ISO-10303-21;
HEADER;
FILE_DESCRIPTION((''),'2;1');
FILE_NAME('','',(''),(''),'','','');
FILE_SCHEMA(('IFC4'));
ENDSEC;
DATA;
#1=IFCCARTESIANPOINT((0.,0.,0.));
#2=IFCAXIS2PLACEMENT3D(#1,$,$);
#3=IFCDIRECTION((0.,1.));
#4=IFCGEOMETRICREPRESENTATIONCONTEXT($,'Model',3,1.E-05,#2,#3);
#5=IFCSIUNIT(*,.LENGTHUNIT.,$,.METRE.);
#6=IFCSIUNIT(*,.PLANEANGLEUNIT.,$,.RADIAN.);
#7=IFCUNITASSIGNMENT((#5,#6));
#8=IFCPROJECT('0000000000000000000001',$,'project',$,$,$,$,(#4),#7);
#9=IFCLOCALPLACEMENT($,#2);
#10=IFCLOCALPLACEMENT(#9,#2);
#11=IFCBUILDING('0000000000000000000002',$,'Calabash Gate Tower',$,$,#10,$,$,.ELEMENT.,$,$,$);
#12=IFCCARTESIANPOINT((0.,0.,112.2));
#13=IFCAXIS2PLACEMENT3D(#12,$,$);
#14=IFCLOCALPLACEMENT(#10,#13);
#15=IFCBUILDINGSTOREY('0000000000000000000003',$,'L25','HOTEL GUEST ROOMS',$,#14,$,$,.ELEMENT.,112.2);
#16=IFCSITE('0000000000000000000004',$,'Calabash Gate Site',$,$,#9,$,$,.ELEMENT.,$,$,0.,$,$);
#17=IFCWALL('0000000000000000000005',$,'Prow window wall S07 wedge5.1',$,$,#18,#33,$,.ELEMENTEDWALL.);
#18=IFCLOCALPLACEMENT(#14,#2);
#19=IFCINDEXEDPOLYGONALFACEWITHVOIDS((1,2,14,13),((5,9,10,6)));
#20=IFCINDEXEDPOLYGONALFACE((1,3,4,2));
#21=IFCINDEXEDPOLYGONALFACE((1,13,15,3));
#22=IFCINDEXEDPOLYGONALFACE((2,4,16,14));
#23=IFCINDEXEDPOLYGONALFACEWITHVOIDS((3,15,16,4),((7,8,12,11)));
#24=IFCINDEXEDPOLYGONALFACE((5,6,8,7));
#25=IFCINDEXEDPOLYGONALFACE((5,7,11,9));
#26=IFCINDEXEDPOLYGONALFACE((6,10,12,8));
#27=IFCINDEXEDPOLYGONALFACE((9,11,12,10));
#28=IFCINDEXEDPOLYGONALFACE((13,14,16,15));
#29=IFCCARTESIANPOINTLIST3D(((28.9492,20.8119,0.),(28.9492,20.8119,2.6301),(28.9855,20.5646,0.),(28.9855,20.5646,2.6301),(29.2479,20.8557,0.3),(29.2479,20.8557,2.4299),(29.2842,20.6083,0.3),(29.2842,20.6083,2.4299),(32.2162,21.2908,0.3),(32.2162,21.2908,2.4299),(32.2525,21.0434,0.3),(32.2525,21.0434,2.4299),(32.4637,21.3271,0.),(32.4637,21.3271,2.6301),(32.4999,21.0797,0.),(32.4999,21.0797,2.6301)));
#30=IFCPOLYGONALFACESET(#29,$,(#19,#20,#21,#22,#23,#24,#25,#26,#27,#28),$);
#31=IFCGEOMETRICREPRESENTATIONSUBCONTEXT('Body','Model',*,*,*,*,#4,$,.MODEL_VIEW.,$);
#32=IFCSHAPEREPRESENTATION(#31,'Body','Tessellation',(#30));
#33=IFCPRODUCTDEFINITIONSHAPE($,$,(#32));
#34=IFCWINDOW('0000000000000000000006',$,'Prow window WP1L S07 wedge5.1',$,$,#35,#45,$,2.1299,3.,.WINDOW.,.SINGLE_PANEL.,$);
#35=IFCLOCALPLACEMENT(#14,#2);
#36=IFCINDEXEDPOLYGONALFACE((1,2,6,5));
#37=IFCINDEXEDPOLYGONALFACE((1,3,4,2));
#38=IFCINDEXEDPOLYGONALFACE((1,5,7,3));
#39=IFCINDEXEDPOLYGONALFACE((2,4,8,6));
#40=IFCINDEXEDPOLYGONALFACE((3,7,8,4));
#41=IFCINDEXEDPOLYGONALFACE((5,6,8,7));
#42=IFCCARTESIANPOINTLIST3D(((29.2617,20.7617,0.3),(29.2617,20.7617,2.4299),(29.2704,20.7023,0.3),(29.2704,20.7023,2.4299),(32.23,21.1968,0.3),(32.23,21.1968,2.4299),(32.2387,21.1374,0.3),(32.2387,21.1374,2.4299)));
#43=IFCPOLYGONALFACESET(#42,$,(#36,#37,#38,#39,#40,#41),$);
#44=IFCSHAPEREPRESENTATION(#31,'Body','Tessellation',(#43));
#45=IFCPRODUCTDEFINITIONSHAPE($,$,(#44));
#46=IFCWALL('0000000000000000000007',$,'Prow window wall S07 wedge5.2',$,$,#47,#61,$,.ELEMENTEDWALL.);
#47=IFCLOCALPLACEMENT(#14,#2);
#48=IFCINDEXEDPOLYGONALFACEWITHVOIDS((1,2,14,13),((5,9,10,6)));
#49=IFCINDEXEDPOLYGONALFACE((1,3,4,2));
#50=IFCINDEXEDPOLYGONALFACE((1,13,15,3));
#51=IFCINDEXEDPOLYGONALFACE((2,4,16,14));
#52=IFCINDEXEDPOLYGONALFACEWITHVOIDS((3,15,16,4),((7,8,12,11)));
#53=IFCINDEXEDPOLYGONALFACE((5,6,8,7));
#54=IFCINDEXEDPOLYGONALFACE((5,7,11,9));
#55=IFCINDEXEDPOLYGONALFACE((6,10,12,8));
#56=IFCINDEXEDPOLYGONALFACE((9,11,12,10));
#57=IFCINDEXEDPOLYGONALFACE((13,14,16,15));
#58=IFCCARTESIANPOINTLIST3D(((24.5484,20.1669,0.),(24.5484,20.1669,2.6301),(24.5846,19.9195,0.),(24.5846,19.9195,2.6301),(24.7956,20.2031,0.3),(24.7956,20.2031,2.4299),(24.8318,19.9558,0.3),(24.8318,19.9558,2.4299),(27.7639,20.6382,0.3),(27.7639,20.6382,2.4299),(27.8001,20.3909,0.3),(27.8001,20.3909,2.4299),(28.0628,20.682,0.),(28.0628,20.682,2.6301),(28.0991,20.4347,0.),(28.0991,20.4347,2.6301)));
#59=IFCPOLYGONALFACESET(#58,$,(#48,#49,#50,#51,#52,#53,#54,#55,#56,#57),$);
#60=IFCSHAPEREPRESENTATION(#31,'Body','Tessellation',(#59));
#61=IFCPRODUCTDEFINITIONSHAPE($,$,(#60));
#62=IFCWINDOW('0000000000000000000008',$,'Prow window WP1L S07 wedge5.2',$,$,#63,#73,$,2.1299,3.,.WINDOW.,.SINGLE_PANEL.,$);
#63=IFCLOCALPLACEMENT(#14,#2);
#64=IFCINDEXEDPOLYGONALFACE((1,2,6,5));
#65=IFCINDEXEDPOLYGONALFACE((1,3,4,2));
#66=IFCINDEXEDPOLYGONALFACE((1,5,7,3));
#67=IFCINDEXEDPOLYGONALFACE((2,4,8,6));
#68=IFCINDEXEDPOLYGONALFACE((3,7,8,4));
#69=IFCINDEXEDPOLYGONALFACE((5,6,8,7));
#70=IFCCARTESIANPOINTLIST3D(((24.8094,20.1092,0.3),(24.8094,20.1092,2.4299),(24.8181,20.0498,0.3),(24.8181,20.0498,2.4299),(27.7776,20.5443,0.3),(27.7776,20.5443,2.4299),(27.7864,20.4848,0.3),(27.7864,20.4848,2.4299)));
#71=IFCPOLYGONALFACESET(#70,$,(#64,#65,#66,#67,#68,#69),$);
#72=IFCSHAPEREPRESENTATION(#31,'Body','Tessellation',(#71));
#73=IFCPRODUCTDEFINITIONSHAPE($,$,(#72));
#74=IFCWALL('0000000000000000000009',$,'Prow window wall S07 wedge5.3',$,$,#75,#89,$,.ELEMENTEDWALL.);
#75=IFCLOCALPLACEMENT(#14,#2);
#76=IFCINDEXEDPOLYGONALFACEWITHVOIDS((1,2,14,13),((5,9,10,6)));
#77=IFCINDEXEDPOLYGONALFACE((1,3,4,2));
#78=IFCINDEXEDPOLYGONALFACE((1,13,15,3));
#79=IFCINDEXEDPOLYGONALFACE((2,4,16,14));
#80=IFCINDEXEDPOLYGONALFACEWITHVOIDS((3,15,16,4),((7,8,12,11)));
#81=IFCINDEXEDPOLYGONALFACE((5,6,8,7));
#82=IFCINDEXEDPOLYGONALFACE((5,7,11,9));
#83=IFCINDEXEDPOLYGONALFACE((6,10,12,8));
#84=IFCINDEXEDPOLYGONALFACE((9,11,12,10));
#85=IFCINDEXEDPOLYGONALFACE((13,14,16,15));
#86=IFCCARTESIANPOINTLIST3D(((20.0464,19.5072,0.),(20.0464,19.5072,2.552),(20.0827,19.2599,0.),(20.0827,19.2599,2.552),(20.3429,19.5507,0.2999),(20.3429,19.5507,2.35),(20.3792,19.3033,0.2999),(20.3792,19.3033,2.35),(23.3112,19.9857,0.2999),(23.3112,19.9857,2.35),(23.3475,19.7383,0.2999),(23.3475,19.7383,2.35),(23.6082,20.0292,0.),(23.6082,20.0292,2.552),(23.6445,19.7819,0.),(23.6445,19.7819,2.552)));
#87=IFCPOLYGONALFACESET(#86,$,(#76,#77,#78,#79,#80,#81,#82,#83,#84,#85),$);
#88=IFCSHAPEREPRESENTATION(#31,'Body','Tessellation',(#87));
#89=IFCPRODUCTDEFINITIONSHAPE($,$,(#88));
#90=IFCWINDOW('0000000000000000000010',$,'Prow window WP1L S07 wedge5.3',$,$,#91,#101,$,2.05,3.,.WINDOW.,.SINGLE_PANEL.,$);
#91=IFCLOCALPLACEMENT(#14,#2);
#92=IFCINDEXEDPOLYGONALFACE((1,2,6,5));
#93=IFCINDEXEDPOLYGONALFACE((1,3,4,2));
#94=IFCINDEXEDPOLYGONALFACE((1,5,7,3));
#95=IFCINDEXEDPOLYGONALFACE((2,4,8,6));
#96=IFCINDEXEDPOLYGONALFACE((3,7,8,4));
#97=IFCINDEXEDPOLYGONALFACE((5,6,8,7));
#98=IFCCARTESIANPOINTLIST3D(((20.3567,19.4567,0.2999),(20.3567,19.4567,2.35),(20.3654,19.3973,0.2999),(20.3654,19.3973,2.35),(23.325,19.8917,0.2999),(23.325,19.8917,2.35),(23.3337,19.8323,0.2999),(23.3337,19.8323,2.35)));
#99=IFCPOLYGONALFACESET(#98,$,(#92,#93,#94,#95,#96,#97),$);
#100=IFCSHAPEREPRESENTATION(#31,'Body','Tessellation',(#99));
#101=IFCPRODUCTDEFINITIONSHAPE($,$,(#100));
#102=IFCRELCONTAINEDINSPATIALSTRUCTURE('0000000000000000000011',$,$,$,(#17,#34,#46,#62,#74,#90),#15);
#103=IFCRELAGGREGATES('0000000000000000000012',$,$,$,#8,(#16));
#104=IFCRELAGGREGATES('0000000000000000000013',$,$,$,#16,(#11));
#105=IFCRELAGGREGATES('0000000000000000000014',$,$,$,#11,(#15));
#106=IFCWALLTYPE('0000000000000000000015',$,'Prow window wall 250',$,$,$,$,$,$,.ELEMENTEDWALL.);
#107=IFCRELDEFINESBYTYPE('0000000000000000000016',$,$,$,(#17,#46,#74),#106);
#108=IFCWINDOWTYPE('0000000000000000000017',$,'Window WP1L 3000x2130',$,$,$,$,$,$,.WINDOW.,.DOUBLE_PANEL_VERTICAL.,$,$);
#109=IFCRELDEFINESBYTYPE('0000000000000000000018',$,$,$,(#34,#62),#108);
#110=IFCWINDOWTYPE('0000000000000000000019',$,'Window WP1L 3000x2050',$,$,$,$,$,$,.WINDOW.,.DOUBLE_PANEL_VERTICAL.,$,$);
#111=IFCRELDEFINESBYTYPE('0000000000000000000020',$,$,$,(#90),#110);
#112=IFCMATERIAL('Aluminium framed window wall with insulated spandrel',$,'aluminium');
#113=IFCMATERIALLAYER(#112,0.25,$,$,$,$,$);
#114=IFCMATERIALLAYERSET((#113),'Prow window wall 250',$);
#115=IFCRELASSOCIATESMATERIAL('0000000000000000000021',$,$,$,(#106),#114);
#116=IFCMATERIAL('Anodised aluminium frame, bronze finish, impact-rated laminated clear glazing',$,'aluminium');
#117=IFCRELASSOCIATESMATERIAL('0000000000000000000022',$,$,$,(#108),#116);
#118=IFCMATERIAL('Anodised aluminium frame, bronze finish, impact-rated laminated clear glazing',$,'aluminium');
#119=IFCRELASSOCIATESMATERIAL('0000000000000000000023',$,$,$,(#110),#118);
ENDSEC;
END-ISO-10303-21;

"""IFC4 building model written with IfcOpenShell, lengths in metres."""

from ifc_helpers import new_model, si_unit, direction, frame, frame_2d, origin, place, context, subcontext, project, spatial, rectangle, extrude, material, layer, layer_set, type_object, element, fill, save


model = new_model("IFC4")

# Units and contexts
model_context = context("Model", 3, precision=1e-05, world=origin(), true_north=direction((0.0, 1.0)))
body_context = subcontext(model_context, "Body", "Model", "MODEL_VIEW")
ifc_project = project(units=[si_unit("LENGTHUNIT", "METRE"), si_unit("PLANEANGLEUNIT", "RADIAN")], contexts=[model_context])

# Site, building, storey
site_placement = place(None, origin())
site = spatial("IfcSite", under=ifc_project, at=site_placement, Name="Calabash Gate Site", CompositionType="ELEMENT", RefElevation=0.0)
building_placement = place(site_placement, origin())
building = spatial("IfcBuilding", under=site, at=building_placement, Name="Calabash Gate Tower", CompositionType="ELEMENT")
storey_placement = place(building_placement, frame((0.0, 0.0, 112.2)))
storey = spatial("IfcBuildingStorey", under=building, at=storey_placement, Name="L25", Description="HOTEL GUEST ROOMS", CompositionType="ELEMENT", Elevation=112.2)

# Walls, openings, windows
ifc_material_1 = material(Name="Aluminium framed window wall with insulated spandrel", Category="aluminium")
ifc_layer_1 = layer(ifc_material_1, 0.25)
ifc_layer_set_1 = layer_set([ifc_layer_1], Name="Prow window wall 250")
wall_type_1 = type_object("IfcWallType", Name="Prow window wall 250", PredefinedType="ELEMENTEDWALL", material=ifc_layer_set_1)
ifc_material_2 = material(Name="Anodised aluminium frame, bronze finish, impact-rated laminated clear glazing", Category="aluminium")
window_type_1 = type_object("IfcWindowType", Name="Window WP1L 3000x2130", PartitioningType="DOUBLE_PANEL_VERTICAL", PredefinedType="WINDOW", material=ifc_material_2)
wall_1_placement = place(storey_placement, frame((32.4817, 21.2034, 0.0), z_axis=(0.0, 0.0, 1.0), x_axis=(-0.989427, -0.145029, 0.0)))
wall_1 = element("IfcWall", 1, at=wall_1_placement, inside=storey, type_object=wall_type_1, Name="Prow window wall S07 wedge5.1", PredefinedType="ELEMENTEDWALL", context=body_context, shape_type="SweptSolid", body=[
    extrude(rectangle(XDim=3.552, YDim=0.25, at=frame_2d((1.7759, 0.0))), origin(), (0.0, 0.0, 1.0), 2.6301),
])
opening_1_placement = place(wall_1_placement, frame((0.25, 0.0, 0.3)))
opening_1 = element("IfcOpeningElement", 2, at=opening_1_placement, cuts=wall_1, PredefinedType="OPENING", context=body_context, shape_type="SweptSolid", body=[
    extrude(rectangle(XDim=3.0, YDim=2.1299, at=frame_2d((1.5, 1.0649))), frame((0.0, 0.135, 0.0), z_axis=(0.0, -1.0, 0.0), x_axis=(1.0, 0.0, 0.0)), (0.0, 0.0, 1.0), 0.27),
])
window_1_placement = place(opening_1_placement, origin())
window_1 = element("IfcWindow", 3, at=window_1_placement, inside=storey, type_object=window_type_1, Name="Prow window WP1L S07 wedge5.1", OverallHeight=2.1299, OverallWidth=3.0, PartitioningType="SINGLE_PANEL", PredefinedType="WINDOW", context=body_context, shape_type="SweptSolid", body=[
    extrude(rectangle(XDim=3.0, YDim=2.1299, at=frame_2d((1.5, 1.0649))), frame((0.0, 0.03, 0.0), z_axis=(0.0, -1.0, 0.0), x_axis=(1.0, 0.0, 0.0)), (0.0, 0.0, 1.0), 0.0601),
])
fill(opening_1, window_1)
wall_2_placement = place(storey_placement, frame((28.0808, 20.5583, 0.0), z_axis=(0.0, 0.0, 1.0), x_axis=(-0.989427, -0.145029, 0.0)))
wall_2 = element("IfcWall", 4, at=wall_2_placement, inside=storey, type_object=wall_type_1, Name="Prow window wall S07 wedge5.2", PredefinedType="ELEMENTEDWALL", context=body_context, shape_type="SweptSolid", body=[
    extrude(rectangle(XDim=3.552, YDim=0.25, at=frame_2d((1.7759, 0.0))), origin(), (0.0, 0.0, 1.0), 2.6301),
])
opening_2_placement = place(wall_2_placement, frame((0.302, 0.0, 0.3)))
opening_2 = element("IfcOpeningElement", 5, at=opening_2_placement, cuts=wall_2, PredefinedType="OPENING", context=body_context, shape_type="SweptSolid", body=[
    extrude(rectangle(XDim=3.0, YDim=2.1299, at=frame_2d((1.5, 1.0649))), frame((0.0, 0.135, 0.0), z_axis=(0.0, -1.0, 0.0), x_axis=(1.0, 0.0, 0.0)), (0.0, 0.0, 1.0), 0.27),
])
window_2_placement = place(opening_2_placement, origin())
window_2 = element("IfcWindow", 6, at=window_2_placement, inside=storey, type_object=window_type_1, Name="Prow window WP1L S07 wedge5.2", OverallHeight=2.1299, OverallWidth=3.0, PartitioningType="SINGLE_PANEL", PredefinedType="WINDOW", context=body_context, shape_type="SweptSolid", body=[
    extrude(rectangle(XDim=3.0, YDim=2.1299, at=frame_2d((1.5, 1.0649))), frame((0.0, 0.03, 0.0), z_axis=(0.0, -1.0, 0.0), x_axis=(1.0, 0.0, 0.0)), (0.0, 0.0, 1.0), 0.0601),
])
fill(opening_2, window_2)
wall_3_placement = place(storey_placement, frame((23.6262, 19.9055, 0.0), z_axis=(0.0, 0.0, 1.0), x_axis=(-0.989432, -0.145, 0.0)))
wall_3 = element("IfcWall", 7, at=wall_3_placement, inside=storey, type_object=wall_type_1, Name="Prow window wall S07 wedge5.3", PredefinedType="ELEMENTEDWALL", context=body_context, shape_type="SweptSolid", body=[
    extrude(rectangle(XDim=3.5999, YDim=0.25, at=frame_2d((1.7998, 0.0))), origin(), (0.0, 0.0, 1.0), 2.552),
])
opening_3_placement = place(wall_3_placement, frame((0.3, 0.0, 0.3)))
opening_3 = element("IfcOpeningElement", 8, at=opening_3_placement, cuts=wall_3, PredefinedType="OPENING", context=body_context, shape_type="SweptSolid", body=[
    extrude(rectangle(XDim=3.0, YDim=2.05, at=frame_2d((1.5, 1.0249))), frame((0.0, 0.135, 0.0), z_axis=(0.0, -1.0, 0.0), x_axis=(1.0, 0.0, 0.0)), (0.0, 0.0, 1.0), 0.27),
])
ifc_material_3 = material(Name="Anodised aluminium frame, bronze finish, impact-rated laminated clear glazing", Category="aluminium")
window_type_2 = type_object("IfcWindowType", Name="Window WP1L 3000x2050", PartitioningType="DOUBLE_PANEL_VERTICAL", PredefinedType="WINDOW", material=ifc_material_3)
window_3_placement = place(opening_3_placement, origin())
window_3 = element("IfcWindow", 9, at=window_3_placement, inside=storey, type_object=window_type_2, Name="Prow window WP1L S07 wedge5.3", OverallHeight=2.05, OverallWidth=3.0, PartitioningType="SINGLE_PANEL", PredefinedType="WINDOW", context=body_context, shape_type="SweptSolid", body=[
    extrude(rectangle(XDim=3.0, YDim=2.05, at=frame_2d((1.5, 1.0249))), frame((0.0, 0.03, 0.0), z_axis=(0.0, -1.0, 0.0), x_axis=(1.0, 0.0, 0.0)), (0.0, 0.0, 1.0), 0.0601),
])
fill(opening_3, window_3)

save(model, "model.ifc")
